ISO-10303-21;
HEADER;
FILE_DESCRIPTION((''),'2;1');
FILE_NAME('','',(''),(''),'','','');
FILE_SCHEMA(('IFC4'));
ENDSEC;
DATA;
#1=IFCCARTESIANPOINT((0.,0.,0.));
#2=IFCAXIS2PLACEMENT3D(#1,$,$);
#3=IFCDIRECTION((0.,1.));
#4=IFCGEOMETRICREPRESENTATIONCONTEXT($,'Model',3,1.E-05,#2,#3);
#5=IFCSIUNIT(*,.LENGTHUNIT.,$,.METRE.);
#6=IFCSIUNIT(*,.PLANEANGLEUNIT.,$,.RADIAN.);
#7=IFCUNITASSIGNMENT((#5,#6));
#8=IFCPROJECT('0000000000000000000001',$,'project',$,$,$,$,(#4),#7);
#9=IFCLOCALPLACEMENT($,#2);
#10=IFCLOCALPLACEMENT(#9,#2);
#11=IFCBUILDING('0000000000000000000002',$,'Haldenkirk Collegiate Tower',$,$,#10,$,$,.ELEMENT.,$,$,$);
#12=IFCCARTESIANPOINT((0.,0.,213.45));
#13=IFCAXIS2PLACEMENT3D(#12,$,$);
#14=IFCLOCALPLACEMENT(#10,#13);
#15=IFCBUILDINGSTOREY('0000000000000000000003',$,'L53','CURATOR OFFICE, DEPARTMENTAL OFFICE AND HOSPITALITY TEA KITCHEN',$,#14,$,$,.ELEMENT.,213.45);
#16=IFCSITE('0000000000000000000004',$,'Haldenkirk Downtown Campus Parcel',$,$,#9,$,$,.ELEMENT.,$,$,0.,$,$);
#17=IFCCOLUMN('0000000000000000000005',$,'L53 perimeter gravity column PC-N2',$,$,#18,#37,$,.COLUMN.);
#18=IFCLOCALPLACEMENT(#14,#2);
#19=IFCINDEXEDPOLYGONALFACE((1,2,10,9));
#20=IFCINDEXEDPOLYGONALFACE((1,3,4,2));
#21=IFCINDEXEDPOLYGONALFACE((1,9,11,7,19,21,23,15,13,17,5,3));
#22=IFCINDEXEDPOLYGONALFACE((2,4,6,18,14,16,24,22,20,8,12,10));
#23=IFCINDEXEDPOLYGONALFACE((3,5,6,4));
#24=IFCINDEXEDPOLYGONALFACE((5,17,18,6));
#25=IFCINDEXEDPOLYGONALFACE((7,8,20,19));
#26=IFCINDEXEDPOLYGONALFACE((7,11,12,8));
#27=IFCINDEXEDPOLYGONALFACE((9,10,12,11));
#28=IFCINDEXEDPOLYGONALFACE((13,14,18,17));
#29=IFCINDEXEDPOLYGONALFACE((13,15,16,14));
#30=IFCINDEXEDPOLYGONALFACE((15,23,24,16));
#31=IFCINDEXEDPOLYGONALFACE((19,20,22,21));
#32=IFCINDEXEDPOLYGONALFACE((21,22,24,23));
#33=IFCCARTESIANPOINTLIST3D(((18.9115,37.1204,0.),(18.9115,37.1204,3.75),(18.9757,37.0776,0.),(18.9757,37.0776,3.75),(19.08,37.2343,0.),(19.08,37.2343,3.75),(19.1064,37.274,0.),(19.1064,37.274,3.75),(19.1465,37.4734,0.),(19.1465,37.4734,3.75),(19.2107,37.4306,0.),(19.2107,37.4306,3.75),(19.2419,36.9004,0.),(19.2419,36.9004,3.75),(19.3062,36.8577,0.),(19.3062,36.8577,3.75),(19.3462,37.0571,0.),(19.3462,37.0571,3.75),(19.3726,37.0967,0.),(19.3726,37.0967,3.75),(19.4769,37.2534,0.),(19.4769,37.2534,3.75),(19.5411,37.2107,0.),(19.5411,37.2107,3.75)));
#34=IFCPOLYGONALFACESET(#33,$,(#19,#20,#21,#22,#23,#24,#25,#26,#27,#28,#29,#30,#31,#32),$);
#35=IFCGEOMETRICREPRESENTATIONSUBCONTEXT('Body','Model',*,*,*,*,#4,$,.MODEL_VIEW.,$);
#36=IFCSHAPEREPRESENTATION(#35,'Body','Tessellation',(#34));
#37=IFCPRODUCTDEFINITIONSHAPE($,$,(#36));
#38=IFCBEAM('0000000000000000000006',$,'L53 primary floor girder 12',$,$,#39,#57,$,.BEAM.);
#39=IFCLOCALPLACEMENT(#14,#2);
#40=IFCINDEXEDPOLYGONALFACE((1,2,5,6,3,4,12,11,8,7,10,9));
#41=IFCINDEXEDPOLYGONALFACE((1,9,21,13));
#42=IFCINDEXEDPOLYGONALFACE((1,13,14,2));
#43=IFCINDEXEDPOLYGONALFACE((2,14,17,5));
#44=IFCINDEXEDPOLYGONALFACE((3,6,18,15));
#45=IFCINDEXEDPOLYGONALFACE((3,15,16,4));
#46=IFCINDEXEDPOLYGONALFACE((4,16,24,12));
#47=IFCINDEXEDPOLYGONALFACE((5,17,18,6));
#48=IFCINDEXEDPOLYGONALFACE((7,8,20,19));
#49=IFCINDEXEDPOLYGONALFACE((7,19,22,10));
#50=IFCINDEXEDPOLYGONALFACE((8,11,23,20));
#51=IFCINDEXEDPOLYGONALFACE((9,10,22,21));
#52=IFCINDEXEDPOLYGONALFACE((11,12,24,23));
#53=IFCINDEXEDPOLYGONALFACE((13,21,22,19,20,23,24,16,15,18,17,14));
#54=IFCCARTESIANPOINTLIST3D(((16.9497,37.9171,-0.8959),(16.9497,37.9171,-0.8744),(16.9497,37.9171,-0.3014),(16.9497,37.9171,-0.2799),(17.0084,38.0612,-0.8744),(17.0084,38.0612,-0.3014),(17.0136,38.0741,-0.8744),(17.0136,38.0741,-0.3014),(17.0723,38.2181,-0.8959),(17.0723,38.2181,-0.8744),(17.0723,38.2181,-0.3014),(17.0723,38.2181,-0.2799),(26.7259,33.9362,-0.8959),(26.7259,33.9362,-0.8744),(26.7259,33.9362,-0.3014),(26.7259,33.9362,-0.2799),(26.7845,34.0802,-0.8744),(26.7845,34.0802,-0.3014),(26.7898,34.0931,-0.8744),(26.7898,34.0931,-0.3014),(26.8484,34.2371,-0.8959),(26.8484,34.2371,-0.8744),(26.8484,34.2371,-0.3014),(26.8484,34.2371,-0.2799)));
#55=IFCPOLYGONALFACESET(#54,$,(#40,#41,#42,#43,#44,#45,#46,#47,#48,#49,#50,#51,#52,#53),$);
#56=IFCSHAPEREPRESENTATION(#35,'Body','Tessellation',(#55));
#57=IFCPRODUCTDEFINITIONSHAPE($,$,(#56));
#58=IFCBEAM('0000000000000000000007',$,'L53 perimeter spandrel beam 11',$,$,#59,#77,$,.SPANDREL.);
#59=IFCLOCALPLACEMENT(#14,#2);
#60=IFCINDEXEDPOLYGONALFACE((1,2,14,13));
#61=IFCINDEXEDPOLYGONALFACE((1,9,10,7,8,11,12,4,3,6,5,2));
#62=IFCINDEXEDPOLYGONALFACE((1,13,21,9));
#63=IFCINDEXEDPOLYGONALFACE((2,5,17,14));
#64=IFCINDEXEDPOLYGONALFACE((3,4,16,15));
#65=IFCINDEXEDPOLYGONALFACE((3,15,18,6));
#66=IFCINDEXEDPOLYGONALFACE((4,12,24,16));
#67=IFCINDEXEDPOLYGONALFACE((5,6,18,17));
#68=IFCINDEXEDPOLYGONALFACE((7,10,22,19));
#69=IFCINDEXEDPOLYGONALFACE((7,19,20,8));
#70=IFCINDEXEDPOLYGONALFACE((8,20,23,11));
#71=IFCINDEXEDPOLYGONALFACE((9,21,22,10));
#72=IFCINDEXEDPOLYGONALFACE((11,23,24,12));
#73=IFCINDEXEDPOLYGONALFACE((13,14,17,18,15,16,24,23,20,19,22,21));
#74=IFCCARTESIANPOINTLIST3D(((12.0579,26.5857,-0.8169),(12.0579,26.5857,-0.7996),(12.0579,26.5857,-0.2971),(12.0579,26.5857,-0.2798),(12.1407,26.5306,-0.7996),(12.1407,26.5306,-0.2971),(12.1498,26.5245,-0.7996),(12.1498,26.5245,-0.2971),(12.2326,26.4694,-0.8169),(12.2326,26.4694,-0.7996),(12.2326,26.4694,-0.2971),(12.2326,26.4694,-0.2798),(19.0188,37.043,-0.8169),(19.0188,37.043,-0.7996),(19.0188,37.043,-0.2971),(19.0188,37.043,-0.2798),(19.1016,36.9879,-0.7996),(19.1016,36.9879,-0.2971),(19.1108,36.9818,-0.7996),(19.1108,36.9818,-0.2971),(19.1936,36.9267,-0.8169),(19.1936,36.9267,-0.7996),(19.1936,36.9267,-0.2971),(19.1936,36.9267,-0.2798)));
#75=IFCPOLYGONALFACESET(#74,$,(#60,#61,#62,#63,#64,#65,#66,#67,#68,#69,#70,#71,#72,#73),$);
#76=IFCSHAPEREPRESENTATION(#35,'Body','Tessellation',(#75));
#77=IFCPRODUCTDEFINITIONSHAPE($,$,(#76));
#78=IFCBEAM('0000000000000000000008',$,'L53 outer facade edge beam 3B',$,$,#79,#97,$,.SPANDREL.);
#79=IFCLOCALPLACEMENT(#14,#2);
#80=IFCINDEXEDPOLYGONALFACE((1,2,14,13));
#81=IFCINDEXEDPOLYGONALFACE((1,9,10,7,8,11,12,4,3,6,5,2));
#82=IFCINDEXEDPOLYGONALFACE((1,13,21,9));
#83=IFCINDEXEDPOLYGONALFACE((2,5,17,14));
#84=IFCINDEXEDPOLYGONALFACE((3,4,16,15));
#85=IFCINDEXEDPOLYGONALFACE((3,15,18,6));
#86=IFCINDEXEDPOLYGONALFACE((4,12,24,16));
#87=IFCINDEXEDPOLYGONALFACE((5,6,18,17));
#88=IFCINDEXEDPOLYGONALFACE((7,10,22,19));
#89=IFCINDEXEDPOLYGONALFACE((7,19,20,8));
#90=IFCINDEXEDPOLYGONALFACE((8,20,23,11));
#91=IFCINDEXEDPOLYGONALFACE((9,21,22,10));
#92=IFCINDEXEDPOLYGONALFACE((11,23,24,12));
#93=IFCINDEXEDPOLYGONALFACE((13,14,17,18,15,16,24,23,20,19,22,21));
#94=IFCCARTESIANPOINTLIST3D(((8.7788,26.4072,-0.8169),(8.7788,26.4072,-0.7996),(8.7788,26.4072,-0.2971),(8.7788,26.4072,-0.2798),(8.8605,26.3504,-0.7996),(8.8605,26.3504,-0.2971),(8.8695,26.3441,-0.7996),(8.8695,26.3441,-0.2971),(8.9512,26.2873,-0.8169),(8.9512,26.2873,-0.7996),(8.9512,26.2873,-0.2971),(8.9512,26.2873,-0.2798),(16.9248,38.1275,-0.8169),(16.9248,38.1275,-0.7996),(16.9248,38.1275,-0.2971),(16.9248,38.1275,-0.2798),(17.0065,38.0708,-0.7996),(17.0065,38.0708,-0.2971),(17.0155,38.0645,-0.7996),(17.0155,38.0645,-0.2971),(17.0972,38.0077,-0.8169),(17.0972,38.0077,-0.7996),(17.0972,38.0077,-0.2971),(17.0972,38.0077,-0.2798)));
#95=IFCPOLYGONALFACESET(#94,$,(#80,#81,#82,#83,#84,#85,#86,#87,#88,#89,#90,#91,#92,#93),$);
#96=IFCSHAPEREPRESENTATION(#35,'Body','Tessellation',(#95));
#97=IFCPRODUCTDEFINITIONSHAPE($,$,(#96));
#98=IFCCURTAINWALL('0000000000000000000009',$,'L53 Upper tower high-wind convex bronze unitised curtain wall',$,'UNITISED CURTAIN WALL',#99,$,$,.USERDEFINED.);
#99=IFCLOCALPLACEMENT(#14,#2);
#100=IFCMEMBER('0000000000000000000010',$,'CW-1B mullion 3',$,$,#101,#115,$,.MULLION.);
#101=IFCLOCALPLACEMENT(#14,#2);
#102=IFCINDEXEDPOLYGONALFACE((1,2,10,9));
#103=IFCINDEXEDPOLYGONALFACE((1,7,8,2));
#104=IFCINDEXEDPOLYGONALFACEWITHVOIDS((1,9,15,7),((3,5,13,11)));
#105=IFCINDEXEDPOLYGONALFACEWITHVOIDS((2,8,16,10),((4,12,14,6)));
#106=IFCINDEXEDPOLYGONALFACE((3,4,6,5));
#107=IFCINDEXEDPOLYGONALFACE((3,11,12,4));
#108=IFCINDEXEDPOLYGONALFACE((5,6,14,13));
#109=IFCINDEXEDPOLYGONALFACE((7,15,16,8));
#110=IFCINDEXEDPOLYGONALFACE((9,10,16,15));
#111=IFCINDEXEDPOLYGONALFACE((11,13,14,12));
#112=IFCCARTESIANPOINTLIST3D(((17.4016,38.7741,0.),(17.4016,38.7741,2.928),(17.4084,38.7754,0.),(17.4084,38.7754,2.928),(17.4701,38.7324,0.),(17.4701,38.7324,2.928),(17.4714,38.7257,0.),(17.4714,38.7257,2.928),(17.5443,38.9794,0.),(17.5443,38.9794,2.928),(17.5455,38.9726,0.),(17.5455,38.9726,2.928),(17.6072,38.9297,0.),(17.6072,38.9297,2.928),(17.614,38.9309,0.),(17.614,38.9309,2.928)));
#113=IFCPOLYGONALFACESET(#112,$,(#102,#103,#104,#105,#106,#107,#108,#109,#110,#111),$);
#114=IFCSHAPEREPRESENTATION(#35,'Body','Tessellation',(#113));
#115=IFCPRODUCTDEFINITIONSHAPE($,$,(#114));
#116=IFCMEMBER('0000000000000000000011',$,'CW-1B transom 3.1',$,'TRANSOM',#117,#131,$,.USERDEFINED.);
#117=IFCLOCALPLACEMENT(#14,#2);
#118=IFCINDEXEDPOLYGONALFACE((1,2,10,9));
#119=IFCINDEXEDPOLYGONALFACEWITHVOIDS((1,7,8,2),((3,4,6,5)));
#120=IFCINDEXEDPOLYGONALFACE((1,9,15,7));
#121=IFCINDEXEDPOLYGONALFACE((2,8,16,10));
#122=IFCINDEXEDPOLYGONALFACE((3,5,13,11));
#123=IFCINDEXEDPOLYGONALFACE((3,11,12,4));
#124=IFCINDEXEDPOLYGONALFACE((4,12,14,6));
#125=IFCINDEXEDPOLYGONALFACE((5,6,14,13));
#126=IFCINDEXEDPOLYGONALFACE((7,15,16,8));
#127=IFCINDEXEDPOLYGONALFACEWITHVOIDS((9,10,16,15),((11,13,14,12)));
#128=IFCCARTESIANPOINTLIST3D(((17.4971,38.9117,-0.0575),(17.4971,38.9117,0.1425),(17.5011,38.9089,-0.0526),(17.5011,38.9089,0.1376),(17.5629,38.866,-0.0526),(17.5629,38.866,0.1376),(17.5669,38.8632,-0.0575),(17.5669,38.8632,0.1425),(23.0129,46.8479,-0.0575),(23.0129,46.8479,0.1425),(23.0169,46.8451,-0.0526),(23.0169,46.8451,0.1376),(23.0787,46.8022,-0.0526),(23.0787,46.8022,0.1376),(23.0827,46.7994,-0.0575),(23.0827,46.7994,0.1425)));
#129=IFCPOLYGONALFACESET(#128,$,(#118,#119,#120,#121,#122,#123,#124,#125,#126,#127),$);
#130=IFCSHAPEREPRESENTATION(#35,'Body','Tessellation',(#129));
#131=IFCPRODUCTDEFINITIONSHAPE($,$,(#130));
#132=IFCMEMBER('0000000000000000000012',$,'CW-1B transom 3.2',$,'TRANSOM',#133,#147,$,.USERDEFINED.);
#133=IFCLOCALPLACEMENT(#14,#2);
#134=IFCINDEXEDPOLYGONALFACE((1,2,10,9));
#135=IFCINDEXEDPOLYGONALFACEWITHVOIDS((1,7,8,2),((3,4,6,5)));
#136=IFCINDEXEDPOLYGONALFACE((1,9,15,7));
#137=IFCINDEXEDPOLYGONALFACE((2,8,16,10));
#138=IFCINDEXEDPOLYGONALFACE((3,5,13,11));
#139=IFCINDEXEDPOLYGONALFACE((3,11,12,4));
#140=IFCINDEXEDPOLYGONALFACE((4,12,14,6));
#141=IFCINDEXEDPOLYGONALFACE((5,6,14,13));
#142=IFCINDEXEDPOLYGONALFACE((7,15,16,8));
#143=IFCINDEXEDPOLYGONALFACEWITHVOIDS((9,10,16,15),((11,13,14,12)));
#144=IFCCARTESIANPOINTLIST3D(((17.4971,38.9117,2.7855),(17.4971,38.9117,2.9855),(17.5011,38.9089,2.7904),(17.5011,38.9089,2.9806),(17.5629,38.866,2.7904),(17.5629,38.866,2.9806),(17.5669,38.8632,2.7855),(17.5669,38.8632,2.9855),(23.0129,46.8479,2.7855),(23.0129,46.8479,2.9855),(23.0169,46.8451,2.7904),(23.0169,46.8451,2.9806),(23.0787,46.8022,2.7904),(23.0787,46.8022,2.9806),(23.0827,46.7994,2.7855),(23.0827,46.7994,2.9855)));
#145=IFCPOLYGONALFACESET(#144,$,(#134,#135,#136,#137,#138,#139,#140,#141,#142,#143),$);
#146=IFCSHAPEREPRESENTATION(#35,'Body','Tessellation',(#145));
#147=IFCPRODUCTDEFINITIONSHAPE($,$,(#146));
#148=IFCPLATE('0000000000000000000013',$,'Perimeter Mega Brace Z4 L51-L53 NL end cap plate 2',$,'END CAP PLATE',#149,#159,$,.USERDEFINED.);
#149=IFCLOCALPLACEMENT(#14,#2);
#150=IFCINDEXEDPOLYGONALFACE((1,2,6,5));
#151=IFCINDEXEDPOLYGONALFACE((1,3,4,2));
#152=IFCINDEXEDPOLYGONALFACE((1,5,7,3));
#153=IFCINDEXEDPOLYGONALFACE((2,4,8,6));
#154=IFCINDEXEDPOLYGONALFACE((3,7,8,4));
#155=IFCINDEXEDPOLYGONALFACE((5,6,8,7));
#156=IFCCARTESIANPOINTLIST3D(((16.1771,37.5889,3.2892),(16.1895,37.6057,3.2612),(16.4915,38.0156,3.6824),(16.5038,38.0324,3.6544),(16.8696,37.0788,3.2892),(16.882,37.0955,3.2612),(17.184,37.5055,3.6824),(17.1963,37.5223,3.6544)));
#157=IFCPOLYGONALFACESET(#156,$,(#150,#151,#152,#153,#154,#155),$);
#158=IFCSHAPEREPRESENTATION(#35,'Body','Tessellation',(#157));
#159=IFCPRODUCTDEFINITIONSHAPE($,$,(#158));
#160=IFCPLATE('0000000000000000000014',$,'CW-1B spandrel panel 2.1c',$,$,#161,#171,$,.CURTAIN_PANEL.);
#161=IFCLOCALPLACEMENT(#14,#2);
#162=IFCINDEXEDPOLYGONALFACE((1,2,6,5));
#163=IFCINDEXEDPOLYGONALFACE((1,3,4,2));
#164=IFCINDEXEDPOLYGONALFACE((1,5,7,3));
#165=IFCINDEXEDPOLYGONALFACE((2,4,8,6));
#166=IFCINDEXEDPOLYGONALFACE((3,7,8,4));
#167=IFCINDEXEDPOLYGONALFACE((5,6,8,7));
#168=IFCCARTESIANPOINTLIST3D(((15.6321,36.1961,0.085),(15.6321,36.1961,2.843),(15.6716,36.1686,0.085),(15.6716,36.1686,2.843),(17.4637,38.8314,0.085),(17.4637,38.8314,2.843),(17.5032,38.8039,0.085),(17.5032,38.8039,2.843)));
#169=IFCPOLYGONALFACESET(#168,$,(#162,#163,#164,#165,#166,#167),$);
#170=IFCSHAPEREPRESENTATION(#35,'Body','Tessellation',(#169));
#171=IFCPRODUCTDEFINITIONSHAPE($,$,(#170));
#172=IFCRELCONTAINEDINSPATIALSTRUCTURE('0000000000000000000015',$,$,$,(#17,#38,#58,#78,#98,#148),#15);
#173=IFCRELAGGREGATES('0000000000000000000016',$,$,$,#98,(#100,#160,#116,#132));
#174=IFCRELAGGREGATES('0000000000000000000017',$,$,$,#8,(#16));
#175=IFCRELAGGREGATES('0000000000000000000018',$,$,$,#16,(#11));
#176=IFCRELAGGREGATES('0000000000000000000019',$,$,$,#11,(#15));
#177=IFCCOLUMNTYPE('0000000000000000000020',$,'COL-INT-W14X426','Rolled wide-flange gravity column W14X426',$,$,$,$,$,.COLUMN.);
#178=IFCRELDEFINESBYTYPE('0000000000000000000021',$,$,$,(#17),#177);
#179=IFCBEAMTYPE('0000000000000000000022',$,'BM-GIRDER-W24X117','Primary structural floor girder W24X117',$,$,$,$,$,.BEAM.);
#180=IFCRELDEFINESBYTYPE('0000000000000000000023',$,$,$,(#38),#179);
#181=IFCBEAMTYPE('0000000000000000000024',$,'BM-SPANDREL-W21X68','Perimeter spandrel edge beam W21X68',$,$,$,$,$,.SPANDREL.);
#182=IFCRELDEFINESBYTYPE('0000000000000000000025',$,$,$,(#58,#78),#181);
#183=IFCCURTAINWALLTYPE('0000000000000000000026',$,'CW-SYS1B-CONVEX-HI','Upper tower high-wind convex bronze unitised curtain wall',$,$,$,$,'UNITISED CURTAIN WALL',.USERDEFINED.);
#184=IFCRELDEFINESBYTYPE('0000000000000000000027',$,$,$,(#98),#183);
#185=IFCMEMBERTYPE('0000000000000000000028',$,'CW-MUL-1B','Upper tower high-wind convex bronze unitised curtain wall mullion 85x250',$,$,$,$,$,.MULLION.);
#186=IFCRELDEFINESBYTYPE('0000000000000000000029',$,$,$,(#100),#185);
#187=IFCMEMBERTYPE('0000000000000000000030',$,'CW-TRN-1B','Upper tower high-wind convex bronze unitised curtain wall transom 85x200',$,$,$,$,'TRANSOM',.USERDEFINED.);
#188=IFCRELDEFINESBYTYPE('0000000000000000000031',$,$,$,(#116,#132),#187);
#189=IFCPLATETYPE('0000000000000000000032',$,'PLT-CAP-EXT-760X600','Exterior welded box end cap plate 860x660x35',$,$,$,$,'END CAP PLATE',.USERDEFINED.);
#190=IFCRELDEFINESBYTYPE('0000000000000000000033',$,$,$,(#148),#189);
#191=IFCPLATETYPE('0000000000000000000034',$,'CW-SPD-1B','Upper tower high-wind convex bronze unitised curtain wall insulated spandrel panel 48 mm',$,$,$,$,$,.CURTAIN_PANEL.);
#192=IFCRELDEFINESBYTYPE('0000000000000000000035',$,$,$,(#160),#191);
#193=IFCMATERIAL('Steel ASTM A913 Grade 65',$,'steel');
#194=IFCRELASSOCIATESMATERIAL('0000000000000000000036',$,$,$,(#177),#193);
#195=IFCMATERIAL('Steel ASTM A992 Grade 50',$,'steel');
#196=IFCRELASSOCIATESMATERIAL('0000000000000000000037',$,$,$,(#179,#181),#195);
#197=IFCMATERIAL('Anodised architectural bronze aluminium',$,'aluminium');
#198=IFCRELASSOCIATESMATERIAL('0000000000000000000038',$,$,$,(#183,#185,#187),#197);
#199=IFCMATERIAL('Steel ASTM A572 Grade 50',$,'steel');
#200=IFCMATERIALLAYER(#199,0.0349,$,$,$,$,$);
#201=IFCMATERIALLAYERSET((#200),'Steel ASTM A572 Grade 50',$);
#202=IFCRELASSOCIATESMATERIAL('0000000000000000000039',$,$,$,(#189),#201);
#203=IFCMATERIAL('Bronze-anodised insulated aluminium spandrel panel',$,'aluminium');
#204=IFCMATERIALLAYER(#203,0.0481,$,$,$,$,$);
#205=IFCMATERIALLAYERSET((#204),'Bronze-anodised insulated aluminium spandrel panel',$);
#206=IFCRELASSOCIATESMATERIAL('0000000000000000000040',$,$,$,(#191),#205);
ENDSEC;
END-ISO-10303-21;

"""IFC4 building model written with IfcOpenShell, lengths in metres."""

from ifc_helpers import new_model, si_unit, direction, frame, origin, origin_2d, place, context, subcontext, project, spatial, rectangle, hollow_rectangle, i_section, extrude, source, transform, mapped, material, layer, layer_set, material_profile, profile_set, type_object, element, aggregate, save


model = new_model("IFC4")

# Units and contexts
model_context = context("Model", 3, precision=1e-05, world=origin(), true_north=direction((0.0, 1.0)))
body_context = subcontext(model_context, "Body", "Model", "MODEL_VIEW")
ifc_project = project(units=[si_unit("LENGTHUNIT", "METRE"), si_unit("PLANEANGLEUNIT", "RADIAN")], contexts=[model_context])

# Site, building, storey
site_placement = place(None, origin())
site = spatial("IfcSite", under=ifc_project, at=site_placement, Name="Haldenkirk Downtown Campus Parcel", CompositionType="ELEMENT", RefElevation=0.0)
building_placement = place(site_placement, origin())
building = spatial("IfcBuilding", under=site, at=building_placement, Name="Haldenkirk Collegiate Tower", CompositionType="ELEMENT")
storey_placement = place(building_placement, frame((0.0, 0.0, 213.45)))
storey = spatial("IfcBuildingStorey", under=building, at=storey_placement, Name="L53", Description="CURATOR OFFICE, DEPARTMENTAL OFFICE AND HOSPITALITY TEA KITCHEN", CompositionType="ELEMENT", Elevation=213.45)

# Column
ifc_material_1 = material(Name="Steel ASTM A913 Grade 65", Category="steel")
ifc_material_profile_1 = material_profile(ifc_material_1, i_section(OverallWidth=0.4241, OverallDepth=0.4741, WebThickness=0.0476, FlangeThickness=0.0771, at=origin_2d()), Name="W14X426")
ifc_profile_set_1 = profile_set([ifc_material_profile_1], Name="Steel ASTM A913 Grade 65")
column_type = type_object("IfcColumnType", Name="COL-INT-W14X426", Description="Rolled wide-flange gravity column W14X426", PredefinedType="COLUMN", material=ifc_profile_set_1)
column_placement = place(storey_placement, frame((19.2263, 37.1655, 0.0), z_axis=(0.0, 0.0, 1.0), x_axis=(0.554118, 0.832438, 0.0)))
element("IfcColumn", 1, at=column_placement, inside=storey, type_object=column_type, Name="L53 perimeter gravity column PC-N2", PredefinedType="COLUMN", context=body_context, shape_type="SweptSolid", body=[
    extrude(i_section(OverallWidth=0.4241, OverallDepth=0.4741, WebThickness=0.0476, FlangeThickness=0.0771, at=origin_2d()), origin(), (0.0, 0.0, 1.0), 3.75),
])

# Beams
ifc_material_2 = material(Name="Steel ASTM A992 Grade 50", Category="steel")
ifc_material_profile_2 = material_profile(ifc_material_2, i_section(OverallWidth=0.325, OverallDepth=0.616, WebThickness=0.0139, FlangeThickness=0.0215, at=origin_2d()), Name="W24X117")
ifc_profile_set_2 = profile_set([ifc_material_profile_2], Name="Steel ASTM A992 Grade 50")
beam_type_1 = type_object("IfcBeamType", Name="BM-GIRDER-W24X117", Description="Primary structural floor girder W24X117", PredefinedType="BEAM", material=ifc_profile_set_2)
beam_1_placement = place(storey_placement, frame((17.011, 38.0676, -0.5879), z_axis=(0.926156, -0.377142, 0.0), x_axis=(0.377142, 0.926156, 0.0)))
element("IfcBeam", 2, at=beam_1_placement, inside=storey, type_object=beam_type_1, Name="L53 primary floor girder 12", PredefinedType="BEAM", context=body_context, shape_type="SweptSolid", body=[
    extrude(i_section(OverallWidth=0.325, OverallDepth=0.616, WebThickness=0.0139, FlangeThickness=0.0215, at=origin_2d()), origin(), (0.0, 0.0, 1.0), 10.5557),
])
ifc_material_profile_3 = material_profile(ifc_material_2, i_section(OverallWidth=0.21, OverallDepth=0.5371, WebThickness=0.011, FlangeThickness=0.0173, at=origin_2d()), Name="W21X68")
ifc_profile_set_3 = profile_set([ifc_material_profile_3], Name="Steel ASTM A992 Grade 50")
beam_type_2 = type_object("IfcBeamType", Name="BM-SPANDREL-W21X68", Description="Perimeter spandrel edge beam W21X68", PredefinedType="SPANDREL", material=ifc_profile_set_3)
beam_2_placement = place(storey_placement, frame((19.1062, 36.9849, -0.5483), z_axis=(-0.554117, -0.832439, 0.0), x_axis=(0.832439, -0.554117, 0.0)))
element("IfcBeam", 3, at=beam_2_placement, inside=storey, type_object=beam_type_2, Name="L53 perimeter spandrel beam 11", PredefinedType="SPANDREL", context=body_context, shape_type="SweptSolid", body=[
    extrude(i_section(OverallWidth=0.21, OverallDepth=0.5371, WebThickness=0.011, FlangeThickness=0.0173, at=origin_2d()), origin(), (0.0, 0.0, 1.0), 12.5623),
])
beam_3_placement = place(storey_placement, frame((17.011, 38.0676, -0.5483), z_axis=(-0.570717, -0.821147, 0.0), x_axis=(0.821147, -0.570717, 0.0)))
element("IfcBeam", 4, at=beam_3_placement, inside=storey, type_object=beam_type_2, Name="L53 outer facade edge beam 3B", PredefinedType="SPANDREL", context=body_context, shape_type="SweptSolid", body=[
    extrude(i_section(OverallWidth=0.21, OverallDepth=0.5371, WebThickness=0.011, FlangeThickness=0.0173, at=origin_2d()), origin(), (0.0, 0.0, 1.0), 14.2732),
])

# Curtain wall, members
ifc_material_3 = material(Name="Anodised architectural bronze aluminium", Category="aluminium")
curtain_wall_type = type_object("IfcCurtainWallType", Name="CW-SYS1B-CONVEX-HI", Description="Upper tower high-wind convex bronze unitised curtain wall", ElementType="UNITISED CURTAIN WALL", PredefinedType="USERDEFINED", material=ifc_material_3)
curtain_wall_placement = place(storey_placement, origin())
curtain_wall = element("IfcCurtainWall", 5, at=curtain_wall_placement, inside=storey, type_object=curtain_wall_type, Name="L53 Upper tower high-wind convex bronze unitised curtain wall", ObjectType="UNITISED CURTAIN WALL", PredefinedType="USERDEFINED")
ifc_material_profile_4 = material_profile(ifc_material_3, hollow_rectangle(XDim=0.085, YDim=0.25, WallThickness=0.0049, at=origin_2d()), Name="CW-MUL-1B")
ifc_profile_set_4 = profile_set([ifc_material_profile_4], Name="Anodised architectural bronze aluminium")
member_type_1 = type_object("IfcMemberType", Name="CW-MUL-1B", Description="Upper tower high-wind convex bronze unitised curtain wall mullion 85x250", PredefinedType="MULLION", material=ifc_profile_set_4)
member_1_placement = place(storey_placement, frame((17.5078, 38.8525, 0.0), z_axis=(0.0, 0.0, 1.0), x_axis=(-0.821148, 0.570715, 0.0)))
member_1 = element("IfcMember", 6, at=member_1_placement, type_object=member_type_1, Name="CW-1B mullion 3", PredefinedType="MULLION", context=body_context, shape_type="SweptSolid", body=[
    extrude(hollow_rectangle(XDim=0.085, YDim=0.25, WallThickness=0.0049, at=origin_2d()), origin(), (0.0, 0.0, 1.0), 2.928),
])
ifc_material_profile_5 = material_profile(ifc_material_3, hollow_rectangle(XDim=0.085, YDim=0.2, WallThickness=0.0049, at=origin_2d()), Name="CW-TRN-1B")
ifc_profile_set_5 = profile_set([ifc_material_profile_5], Name="Anodised architectural bronze aluminium")
member_type_2 = type_object("IfcMemberType", Name="CW-TRN-1B", Description="Upper tower high-wind convex bronze unitised curtain wall transom 85x200", ElementType="TRANSOM", PredefinedType="USERDEFINED", material=ifc_profile_set_5)
member_2_placement = place(storey_placement, frame((17.532, 38.8875, 0.0425), z_axis=(0.570714, 0.821149, 0.0), x_axis=(-0.821149, 0.570714, 0.0)))
member_2 = element("IfcMember", 7, at=member_2_placement, type_object=member_type_2, Name="CW-1B transom 3.1", ObjectType="TRANSOM", PredefinedType="USERDEFINED", context=body_context, shape_type="SweptSolid", body=[
    extrude(hollow_rectangle(XDim=0.085, YDim=0.2, WallThickness=0.0049, at=origin_2d()), origin(), (0.0, 0.0, 1.0), 9.6648),
])
member_3_placement = place(storey_placement, frame((17.532, 38.8875, 2.8855), z_axis=(0.570714, 0.821149, 0.0), x_axis=(-0.821149, 0.570714, 0.0)))
member_3 = element("IfcMember", 8, at=member_3_placement, type_object=member_type_2, Name="CW-1B transom 3.2", ObjectType="TRANSOM", PredefinedType="USERDEFINED", context=body_context, shape_type="SweptSolid", body=[
    extrude(hollow_rectangle(XDim=0.085, YDim=0.2, WallThickness=0.0049, at=origin_2d()), origin(), (0.0, 0.0, 1.0), 9.6648),
])

# Plates
ifc_material_4 = material(Name="Steel ASTM A572 Grade 50", Category="steel")
ifc_layer_1 = layer(ifc_material_4, 0.0349)
ifc_layer_set_1 = layer_set([ifc_layer_1], Name="Steel ASTM A572 Grade 50")
plate_type_1 = type_object("IfcPlateType", Name="PLT-CAP-EXT-760X600", Description="Exterior welded box end cap plate 860x660x35", ElementType="END CAP PLATE", PredefinedType="USERDEFINED", material=ifc_layer_set_1)
shared_shape_1 = source(origin(), body_context, "Body", "SweptSolid", [
    extrude(rectangle(XDim=0.8601, YDim=0.6599, at=origin_2d()), origin(), (0.0, 0.0, 1.0), 0.0349),
])
plate_1_placement = place(storey_placement, frame((16.6929, 37.564, 3.4578), z_axis=(-0.353374, -0.47971, 0.803122), x_axis=(0.805133, -0.593094, 0.0)))
element("IfcPlate", 9, at=plate_1_placement, inside=storey, type_object=plate_type_1, Name="Perimeter Mega Brace Z4 L51-L53 NL end cap plate 2", ObjectType="END CAP PLATE", PredefinedType="USERDEFINED", context=body_context, shape_type="MappedRepresentation", body=[
    mapped(shared_shape_1, transform((0.0, 0.0, 0.0), x_axis=(1.0, 0.0, 0.0), y_axis=(0.0, 1.0, 0.0), z_axis=(0.0, 0.0, 1.0), scale=1.0)),
])
ifc_material_5 = material(Name="Bronze-anodised insulated aluminium spandrel panel", Category="aluminium")
ifc_layer_2 = layer(ifc_material_5, 0.0481)
ifc_layer_set_2 = layer_set([ifc_layer_2], Name="Bronze-anodised insulated aluminium spandrel panel")
plate_type_2 = type_object("IfcPlateType", Name="CW-SPD-1B", Description="Upper tower high-wind convex bronze unitised curtain wall insulated spandrel panel 48 mm", PredefinedType="CURTAIN_PANEL", material=ifc_layer_set_2)
shared_shape_2 = source(origin(), body_context, "Body", "SweptSolid", [
    extrude(rectangle(XDim=3.2092, YDim=0.0481, at=origin_2d()), origin(), (0.0, 0.0, 1.0), 2.7581),
])
plate_2_placement = place(storey_placement, frame((16.5676, 37.5, 0.085), z_axis=(0.0, 0.0, 1.0), x_axis=(0.570715, 0.821148, 0.0)))
plate_2 = element("IfcPlate", 10, at=plate_2_placement, type_object=plate_type_2, Name="CW-1B spandrel panel 2.1c", PredefinedType="CURTAIN_PANEL", context=body_context, shape_type="MappedRepresentation", body=[
    mapped(shared_shape_2, transform((0.0, 0.0, 0.0), x_axis=(1.0, 0.0, 0.0), y_axis=(0.0, 1.0, 0.0), z_axis=(0.0, 0.0, 1.0), scale=1.0)),
])
aggregate(curtain_wall, [member_1, plate_2, member_2, member_3])

save(model, "model.ifc")
